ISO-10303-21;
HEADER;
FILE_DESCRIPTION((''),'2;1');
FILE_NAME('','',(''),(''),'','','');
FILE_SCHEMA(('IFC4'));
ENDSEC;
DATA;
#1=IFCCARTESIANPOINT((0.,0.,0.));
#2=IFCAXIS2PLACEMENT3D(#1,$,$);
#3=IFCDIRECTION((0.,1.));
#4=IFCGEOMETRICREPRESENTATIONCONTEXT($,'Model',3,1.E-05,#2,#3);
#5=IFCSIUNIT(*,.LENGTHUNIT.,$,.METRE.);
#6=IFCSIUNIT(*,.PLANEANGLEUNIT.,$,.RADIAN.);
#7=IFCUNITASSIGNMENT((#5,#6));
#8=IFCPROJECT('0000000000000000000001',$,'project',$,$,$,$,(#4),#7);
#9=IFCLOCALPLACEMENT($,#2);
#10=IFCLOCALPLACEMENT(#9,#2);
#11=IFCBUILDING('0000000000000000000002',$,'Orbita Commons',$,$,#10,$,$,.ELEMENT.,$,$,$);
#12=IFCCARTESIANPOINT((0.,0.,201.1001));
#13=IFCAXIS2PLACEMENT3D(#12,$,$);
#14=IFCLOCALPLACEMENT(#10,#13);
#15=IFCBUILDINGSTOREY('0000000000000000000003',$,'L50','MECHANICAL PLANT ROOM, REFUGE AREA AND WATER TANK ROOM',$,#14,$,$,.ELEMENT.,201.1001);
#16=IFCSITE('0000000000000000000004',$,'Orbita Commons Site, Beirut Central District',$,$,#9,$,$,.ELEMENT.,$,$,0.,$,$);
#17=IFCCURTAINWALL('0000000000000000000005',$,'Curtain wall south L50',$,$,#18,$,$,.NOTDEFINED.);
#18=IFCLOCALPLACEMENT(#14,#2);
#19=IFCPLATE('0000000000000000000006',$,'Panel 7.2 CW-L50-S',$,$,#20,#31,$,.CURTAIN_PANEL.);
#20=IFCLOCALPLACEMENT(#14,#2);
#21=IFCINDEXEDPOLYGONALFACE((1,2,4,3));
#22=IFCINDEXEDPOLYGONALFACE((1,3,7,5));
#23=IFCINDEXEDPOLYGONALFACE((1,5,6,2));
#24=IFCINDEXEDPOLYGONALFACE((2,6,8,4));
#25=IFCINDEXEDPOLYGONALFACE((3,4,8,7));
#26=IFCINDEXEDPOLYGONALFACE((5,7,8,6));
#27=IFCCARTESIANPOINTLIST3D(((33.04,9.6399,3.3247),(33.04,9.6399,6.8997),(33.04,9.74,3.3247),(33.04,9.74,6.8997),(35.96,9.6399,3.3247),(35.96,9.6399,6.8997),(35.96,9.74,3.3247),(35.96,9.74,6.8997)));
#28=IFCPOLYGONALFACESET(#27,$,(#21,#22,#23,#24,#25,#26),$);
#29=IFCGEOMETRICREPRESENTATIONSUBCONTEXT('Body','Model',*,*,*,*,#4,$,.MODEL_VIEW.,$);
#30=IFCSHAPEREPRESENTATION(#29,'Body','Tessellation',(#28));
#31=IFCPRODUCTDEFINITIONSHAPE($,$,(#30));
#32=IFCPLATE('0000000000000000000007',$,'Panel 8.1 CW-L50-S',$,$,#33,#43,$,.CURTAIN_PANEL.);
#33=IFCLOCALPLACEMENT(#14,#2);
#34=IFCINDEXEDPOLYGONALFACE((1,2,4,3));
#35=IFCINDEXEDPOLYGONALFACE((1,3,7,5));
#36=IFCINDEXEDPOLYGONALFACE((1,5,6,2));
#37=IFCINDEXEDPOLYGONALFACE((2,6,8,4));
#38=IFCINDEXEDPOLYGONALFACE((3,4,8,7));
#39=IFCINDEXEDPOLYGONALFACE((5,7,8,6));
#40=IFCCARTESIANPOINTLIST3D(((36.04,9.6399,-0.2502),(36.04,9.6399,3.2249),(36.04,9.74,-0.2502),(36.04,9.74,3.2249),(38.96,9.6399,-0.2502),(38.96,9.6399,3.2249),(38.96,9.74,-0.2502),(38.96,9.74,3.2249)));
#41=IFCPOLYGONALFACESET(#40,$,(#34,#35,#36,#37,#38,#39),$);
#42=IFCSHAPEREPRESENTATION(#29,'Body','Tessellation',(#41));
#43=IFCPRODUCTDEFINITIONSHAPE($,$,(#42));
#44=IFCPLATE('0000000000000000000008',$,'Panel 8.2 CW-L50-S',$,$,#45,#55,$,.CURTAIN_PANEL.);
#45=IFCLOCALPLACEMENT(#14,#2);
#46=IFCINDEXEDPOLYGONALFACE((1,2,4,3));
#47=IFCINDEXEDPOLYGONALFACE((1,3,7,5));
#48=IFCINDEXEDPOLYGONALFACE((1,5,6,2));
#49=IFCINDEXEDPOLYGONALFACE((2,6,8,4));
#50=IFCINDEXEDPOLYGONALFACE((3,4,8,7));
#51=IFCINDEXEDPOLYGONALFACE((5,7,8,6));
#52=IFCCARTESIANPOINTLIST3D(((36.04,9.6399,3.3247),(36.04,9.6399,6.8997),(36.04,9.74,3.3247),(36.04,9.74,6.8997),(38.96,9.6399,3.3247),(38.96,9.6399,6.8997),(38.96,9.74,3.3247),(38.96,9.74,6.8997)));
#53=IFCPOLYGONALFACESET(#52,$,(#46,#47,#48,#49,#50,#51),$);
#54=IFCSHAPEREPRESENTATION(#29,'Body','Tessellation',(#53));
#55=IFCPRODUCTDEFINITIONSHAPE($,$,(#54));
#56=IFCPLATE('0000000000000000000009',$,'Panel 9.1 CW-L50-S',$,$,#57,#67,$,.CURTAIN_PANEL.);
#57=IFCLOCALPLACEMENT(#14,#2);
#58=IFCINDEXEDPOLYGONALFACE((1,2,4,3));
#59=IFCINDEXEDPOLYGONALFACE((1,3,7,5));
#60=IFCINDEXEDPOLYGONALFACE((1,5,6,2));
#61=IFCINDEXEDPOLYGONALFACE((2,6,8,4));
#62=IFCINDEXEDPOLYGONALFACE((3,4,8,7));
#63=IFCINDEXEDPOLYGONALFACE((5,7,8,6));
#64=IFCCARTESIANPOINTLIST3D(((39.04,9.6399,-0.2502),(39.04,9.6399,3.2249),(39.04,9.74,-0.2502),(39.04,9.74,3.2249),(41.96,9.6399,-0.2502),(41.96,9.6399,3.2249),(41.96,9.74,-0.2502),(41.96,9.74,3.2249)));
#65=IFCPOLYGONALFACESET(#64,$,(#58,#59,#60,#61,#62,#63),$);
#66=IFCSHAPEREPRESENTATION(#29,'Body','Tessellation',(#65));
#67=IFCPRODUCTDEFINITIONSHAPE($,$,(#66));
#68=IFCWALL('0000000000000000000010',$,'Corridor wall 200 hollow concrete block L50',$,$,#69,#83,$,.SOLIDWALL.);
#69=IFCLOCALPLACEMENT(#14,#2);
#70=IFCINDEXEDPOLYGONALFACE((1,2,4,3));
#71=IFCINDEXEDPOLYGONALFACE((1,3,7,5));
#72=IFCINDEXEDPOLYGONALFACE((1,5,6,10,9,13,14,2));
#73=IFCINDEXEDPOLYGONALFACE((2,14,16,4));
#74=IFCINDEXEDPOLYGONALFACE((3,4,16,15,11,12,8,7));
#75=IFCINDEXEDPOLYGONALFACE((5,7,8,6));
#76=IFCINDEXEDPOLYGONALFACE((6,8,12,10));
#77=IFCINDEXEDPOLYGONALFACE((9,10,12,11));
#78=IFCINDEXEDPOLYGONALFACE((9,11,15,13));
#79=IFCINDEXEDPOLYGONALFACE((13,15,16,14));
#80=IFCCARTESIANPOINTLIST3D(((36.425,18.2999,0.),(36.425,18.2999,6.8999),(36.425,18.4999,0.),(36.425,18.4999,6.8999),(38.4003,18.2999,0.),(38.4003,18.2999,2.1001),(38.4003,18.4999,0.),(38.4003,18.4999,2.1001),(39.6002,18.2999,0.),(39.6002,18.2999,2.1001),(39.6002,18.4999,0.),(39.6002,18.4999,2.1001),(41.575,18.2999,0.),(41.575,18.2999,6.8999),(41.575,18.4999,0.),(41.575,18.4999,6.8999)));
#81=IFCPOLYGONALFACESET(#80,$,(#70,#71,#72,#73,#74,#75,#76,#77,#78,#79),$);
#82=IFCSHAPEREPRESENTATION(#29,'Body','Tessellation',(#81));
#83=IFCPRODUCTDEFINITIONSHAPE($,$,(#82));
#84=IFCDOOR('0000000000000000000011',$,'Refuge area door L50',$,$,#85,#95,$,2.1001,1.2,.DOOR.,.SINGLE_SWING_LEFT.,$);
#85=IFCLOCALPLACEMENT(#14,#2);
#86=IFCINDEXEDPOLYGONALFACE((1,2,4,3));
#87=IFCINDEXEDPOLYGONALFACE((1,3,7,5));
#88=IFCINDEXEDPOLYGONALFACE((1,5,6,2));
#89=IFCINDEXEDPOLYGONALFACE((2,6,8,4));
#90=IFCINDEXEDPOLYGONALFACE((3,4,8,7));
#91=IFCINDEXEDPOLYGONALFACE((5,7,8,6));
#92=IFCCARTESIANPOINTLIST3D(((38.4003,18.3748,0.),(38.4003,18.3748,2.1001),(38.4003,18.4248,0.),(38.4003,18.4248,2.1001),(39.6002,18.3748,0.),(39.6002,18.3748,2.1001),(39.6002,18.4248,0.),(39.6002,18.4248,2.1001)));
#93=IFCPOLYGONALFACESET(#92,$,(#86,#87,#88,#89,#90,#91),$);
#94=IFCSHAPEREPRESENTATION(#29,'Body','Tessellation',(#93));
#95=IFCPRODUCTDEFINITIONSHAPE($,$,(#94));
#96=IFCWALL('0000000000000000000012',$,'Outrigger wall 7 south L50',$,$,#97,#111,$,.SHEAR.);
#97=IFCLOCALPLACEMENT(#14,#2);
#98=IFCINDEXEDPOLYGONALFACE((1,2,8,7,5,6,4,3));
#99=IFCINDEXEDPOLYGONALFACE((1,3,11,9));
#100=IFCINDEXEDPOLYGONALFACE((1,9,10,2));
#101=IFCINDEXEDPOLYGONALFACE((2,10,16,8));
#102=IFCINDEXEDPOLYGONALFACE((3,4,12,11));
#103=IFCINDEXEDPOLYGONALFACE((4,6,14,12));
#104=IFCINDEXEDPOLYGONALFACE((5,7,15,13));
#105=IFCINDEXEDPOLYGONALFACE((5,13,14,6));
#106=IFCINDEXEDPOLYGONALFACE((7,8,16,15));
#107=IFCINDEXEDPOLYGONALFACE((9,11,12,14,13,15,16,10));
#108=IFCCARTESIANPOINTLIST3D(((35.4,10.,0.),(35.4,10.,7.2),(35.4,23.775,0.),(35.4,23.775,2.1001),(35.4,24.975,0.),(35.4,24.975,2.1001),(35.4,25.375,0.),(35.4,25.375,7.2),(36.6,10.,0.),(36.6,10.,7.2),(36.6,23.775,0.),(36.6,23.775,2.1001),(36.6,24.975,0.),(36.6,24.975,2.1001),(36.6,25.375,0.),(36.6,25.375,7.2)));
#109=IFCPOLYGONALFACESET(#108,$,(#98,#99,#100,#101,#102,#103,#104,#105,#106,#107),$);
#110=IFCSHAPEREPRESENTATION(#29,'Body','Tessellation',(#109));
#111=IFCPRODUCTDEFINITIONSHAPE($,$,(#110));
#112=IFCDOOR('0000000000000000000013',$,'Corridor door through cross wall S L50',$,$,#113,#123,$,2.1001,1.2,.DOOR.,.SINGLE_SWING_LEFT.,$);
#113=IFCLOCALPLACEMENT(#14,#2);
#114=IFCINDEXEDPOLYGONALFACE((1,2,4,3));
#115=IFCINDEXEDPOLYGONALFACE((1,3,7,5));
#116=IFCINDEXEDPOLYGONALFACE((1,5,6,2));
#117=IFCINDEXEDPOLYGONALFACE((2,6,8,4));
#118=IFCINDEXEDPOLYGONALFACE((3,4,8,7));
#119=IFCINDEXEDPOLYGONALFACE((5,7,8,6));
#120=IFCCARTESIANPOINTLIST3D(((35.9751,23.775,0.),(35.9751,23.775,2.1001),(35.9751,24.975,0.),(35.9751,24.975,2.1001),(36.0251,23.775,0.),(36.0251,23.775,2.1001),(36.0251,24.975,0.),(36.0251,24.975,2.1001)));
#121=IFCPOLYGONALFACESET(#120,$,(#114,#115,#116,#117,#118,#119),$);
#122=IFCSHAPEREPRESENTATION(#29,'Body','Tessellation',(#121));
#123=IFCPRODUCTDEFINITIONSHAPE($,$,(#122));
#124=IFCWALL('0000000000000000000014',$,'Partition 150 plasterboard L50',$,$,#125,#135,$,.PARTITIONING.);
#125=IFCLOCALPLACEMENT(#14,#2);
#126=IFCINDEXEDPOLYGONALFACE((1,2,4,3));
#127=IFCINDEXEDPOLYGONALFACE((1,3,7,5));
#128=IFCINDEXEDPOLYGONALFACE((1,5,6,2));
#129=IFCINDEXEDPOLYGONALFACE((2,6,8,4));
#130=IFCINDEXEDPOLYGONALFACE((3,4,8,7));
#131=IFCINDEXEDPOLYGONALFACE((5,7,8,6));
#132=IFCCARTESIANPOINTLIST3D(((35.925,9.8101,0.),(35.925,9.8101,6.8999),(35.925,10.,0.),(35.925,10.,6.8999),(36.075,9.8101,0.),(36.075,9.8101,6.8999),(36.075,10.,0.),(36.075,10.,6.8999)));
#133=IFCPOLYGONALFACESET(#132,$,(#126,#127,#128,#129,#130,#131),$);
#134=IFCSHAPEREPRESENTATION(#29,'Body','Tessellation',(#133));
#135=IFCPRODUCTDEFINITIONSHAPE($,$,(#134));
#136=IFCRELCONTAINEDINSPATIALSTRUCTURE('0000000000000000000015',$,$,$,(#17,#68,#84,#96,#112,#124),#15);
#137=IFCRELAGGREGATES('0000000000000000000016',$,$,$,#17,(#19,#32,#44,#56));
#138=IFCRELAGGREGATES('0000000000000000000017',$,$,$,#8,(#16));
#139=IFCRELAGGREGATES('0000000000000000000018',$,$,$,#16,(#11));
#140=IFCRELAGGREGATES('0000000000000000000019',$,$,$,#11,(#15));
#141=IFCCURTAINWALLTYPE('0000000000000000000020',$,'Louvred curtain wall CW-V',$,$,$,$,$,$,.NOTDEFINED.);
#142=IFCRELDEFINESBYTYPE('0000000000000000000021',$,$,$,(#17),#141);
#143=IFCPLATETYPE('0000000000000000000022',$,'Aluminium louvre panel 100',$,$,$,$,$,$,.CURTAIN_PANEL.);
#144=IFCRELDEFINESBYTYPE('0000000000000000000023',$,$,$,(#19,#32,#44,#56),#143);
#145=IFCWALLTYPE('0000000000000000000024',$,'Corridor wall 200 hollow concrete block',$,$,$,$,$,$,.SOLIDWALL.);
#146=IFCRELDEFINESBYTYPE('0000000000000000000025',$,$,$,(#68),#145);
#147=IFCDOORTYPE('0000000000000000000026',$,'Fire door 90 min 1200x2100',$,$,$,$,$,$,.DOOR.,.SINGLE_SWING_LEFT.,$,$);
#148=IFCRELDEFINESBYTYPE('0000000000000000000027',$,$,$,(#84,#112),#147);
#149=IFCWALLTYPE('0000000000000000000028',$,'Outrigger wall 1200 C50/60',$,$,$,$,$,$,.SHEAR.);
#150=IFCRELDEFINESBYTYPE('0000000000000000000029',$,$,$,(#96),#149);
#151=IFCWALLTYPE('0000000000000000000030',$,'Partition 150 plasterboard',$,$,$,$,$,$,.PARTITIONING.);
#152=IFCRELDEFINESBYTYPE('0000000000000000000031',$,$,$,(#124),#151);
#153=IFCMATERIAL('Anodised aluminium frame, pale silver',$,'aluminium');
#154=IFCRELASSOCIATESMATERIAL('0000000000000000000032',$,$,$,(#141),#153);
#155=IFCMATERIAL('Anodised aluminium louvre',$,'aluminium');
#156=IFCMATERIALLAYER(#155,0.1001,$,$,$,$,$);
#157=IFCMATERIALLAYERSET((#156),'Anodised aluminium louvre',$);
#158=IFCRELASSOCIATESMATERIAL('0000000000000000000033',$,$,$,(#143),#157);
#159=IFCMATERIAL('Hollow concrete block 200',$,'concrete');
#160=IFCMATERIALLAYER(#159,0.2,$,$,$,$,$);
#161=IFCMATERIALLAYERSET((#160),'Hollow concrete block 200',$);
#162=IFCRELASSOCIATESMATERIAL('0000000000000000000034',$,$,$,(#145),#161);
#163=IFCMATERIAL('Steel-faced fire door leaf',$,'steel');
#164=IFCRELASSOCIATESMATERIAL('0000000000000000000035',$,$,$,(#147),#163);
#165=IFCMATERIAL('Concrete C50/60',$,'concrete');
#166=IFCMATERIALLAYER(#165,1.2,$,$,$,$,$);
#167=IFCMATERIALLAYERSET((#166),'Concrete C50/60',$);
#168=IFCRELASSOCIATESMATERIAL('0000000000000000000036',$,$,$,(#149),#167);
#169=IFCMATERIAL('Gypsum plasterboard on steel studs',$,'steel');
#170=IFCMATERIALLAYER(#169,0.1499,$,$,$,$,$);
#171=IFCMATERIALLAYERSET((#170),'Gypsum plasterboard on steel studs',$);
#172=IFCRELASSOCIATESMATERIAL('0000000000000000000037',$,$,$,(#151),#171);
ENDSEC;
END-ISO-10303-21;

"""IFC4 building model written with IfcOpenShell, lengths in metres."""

from ifc_helpers import new_model, si_unit, direction, frame, frame_2d, origin, origin_2d, place, context, subcontext, project, spatial, rectangle, extrude, material, layer, layer_set, type_object, element, fill, aggregate, save


model = new_model("IFC4")

# Units and contexts
model_context = context("Model", 3, precision=1e-05, world=origin(), true_north=direction((0.0, 1.0)))
body_context = subcontext(model_context, "Body", "Model", "MODEL_VIEW")
ifc_project = project(units=[si_unit("LENGTHUNIT", "METRE"), si_unit("PLANEANGLEUNIT", "RADIAN")], contexts=[model_context])

# Site, building, storey
site_placement = place(None, origin())
site = spatial("IfcSite", under=ifc_project, at=site_placement, Name="Orbita Commons Site, Beirut Central District", CompositionType="ELEMENT", RefElevation=0.0)
building_placement = place(site_placement, origin())
building = spatial("IfcBuilding", under=site, at=building_placement, Name="Orbita Commons", CompositionType="ELEMENT")
storey_placement = place(building_placement, frame((0.0, 0.0, 201.1001)))
storey = spatial("IfcBuildingStorey", under=building, at=storey_placement, Name="L50", Description="MECHANICAL PLANT ROOM, REFUGE AREA AND WATER TANK ROOM", CompositionType="ELEMENT", Elevation=201.1001)

# Curtain wall
ifc_material_1 = material(Name="Anodised aluminium frame, pale silver", Category="aluminium")
curtain_wall_type = type_object("IfcCurtainWallType", Name="Louvred curtain wall CW-V", PredefinedType="NOTDEFINED", material=ifc_material_1)
curtain_wall_placement = place(storey_placement, origin())
curtain_wall = element("IfcCurtainWall", 1, at=curtain_wall_placement, inside=storey, type_object=curtain_wall_type, Name="Curtain wall south L50", PredefinedType="NOTDEFINED")

# Plates
ifc_material_2 = material(Name="Anodised aluminium louvre", Category="aluminium")
ifc_layer_1 = layer(ifc_material_2, 0.1001)
ifc_layer_set_1 = layer_set([ifc_layer_1], Name="Anodised aluminium louvre")
plate_type = type_object("IfcPlateType", Name="Aluminium louvre panel 100", PredefinedType="CURTAIN_PANEL", material=ifc_layer_set_1)
plate_1_placement = place(storey_placement, frame((34.5, 9.6899, 3.3247), z_axis=(0.0, 0.0, 1.0), x_axis=(1.0, 0.0, 0.0)))
plate_1 = element("IfcPlate", 2, at=plate_1_placement, type_object=plate_type, Name="Panel 7.2 CW-L50-S", PredefinedType="CURTAIN_PANEL", context=body_context, shape_type="SweptSolid", body=[
    extrude(rectangle(XDim=2.9199, YDim=0.1001, at=origin_2d()), origin(), (0.0, 0.0, 1.0), 3.575),
])
plate_2_placement = place(storey_placement, frame((37.5, 9.6899, -0.2502), z_axis=(0.0, 0.0, 1.0), x_axis=(1.0, 0.0, 0.0)))
plate_2 = element("IfcPlate", 3, at=plate_2_placement, type_object=plate_type, Name="Panel 8.1 CW-L50-S", PredefinedType="CURTAIN_PANEL", context=body_context, shape_type="SweptSolid", body=[
    extrude(rectangle(XDim=2.9199, YDim=0.1001, at=origin_2d()), origin(), (0.0, 0.0, 1.0), 3.4751),
])
plate_3_placement = place(storey_placement, frame((37.5, 9.6899, 3.3247), z_axis=(0.0, 0.0, 1.0), x_axis=(1.0, 0.0, 0.0)))
plate_3 = element("IfcPlate", 4, at=plate_3_placement, type_object=plate_type, Name="Panel 8.2 CW-L50-S", PredefinedType="CURTAIN_PANEL", context=body_context, shape_type="SweptSolid", body=[
    extrude(rectangle(XDim=2.9199, YDim=0.1001, at=origin_2d()), origin(), (0.0, 0.0, 1.0), 3.575),
])
plate_4_placement = place(storey_placement, frame((40.5, 9.6899, -0.2502), z_axis=(0.0, 0.0, 1.0), x_axis=(1.0, 0.0, 0.0)))
plate_4 = element("IfcPlate", 5, at=plate_4_placement, type_object=plate_type, Name="Panel 9.1 CW-L50-S", PredefinedType="CURTAIN_PANEL", context=body_context, shape_type="SweptSolid", body=[
    extrude(rectangle(XDim=2.9199, YDim=0.1001, at=origin_2d()), origin(), (0.0, 0.0, 1.0), 3.4751),
])
aggregate(curtain_wall, [plate_1, plate_2, plate_3, plate_4])

# Walls, openings, doors
ifc_material_3 = material(Name="Hollow concrete block 200", Category="concrete")
ifc_layer_2 = layer(ifc_material_3, 0.2)
ifc_layer_set_2 = layer_set([ifc_layer_2], Name="Hollow concrete block 200")
wall_type_1 = type_object("IfcWallType", Name="Corridor wall 200 hollow concrete block", PredefinedType="SOLIDWALL", material=ifc_layer_set_2)
wall_1_placement = place(storey_placement, frame((36.425, 18.3999, 0.0), z_axis=(0.0, 0.0, 1.0), x_axis=(1.0, 0.0, 0.0)))
wall_1 = element("IfcWall", 6, at=wall_1_placement, inside=storey, type_object=wall_type_1, Name="Corridor wall 200 hollow concrete block L50", PredefinedType="SOLIDWALL", context=body_context, shape_type="SweptSolid", body=[
    extrude(rectangle(XDim=5.1499, YDim=0.2, at=frame_2d((2.575, 0.0))), origin(), (0.0, 0.0, 1.0), 6.8999),
])
opening_1_placement = place(wall_1_placement, frame((1.9751, 0.0, 0.0)))
opening_1 = element("IfcOpeningElement", 7, at=opening_1_placement, cuts=wall_1, PredefinedType="OPENING", context=body_context, shape_type="SweptSolid", body=[
    extrude(rectangle(XDim=1.2, YDim=2.1001, at=frame_2d((0.6001, 1.05))), frame((0.0, 0.1099, 0.0), z_axis=(0.0, -1.0, 0.0), x_axis=(1.0, 0.0, 0.0)), (0.0, 0.0, 1.0), 0.22),
])
ifc_material_4 = material(Name="Steel-faced fire door leaf", Category="steel")
door_type = type_object("IfcDoorType", Name="Fire door 90 min 1200x2100", OperationType="SINGLE_SWING_LEFT", PredefinedType="DOOR", material=ifc_material_4)
door_1_placement = place(opening_1_placement, origin())
door_1 = element("IfcDoor", 8, at=door_1_placement, inside=storey, type_object=door_type, Name="Refuge area door L50", OperationType="SINGLE_SWING_LEFT", OverallHeight=2.1001, OverallWidth=1.2, PredefinedType="DOOR", context=body_context, shape_type="SweptSolid", body=[
    extrude(rectangle(XDim=1.2, YDim=2.1001, at=frame_2d((0.6001, 1.05))), frame((0.0, 0.0249, 0.0), z_axis=(0.0, -1.0, 0.0), x_axis=(1.0, 0.0, 0.0)), (0.0, 0.0, 1.0), 0.05),
])
fill(opening_1, door_1)
ifc_material_5 = material(Name="Concrete C50/60", Category="concrete")
ifc_layer_3 = layer(ifc_material_5, 1.2)
ifc_layer_set_3 = layer_set([ifc_layer_3], Name="Concrete C50/60")
wall_type_2 = type_object("IfcWallType", Name="Outrigger wall 1200 C50/60", PredefinedType="SHEAR", material=ifc_layer_set_3)
wall_2_placement = place(storey_placement, frame((36.0, 10.0, 0.0), z_axis=(0.0, 0.0, 1.0), x_axis=(0.0, 1.0, 0.0)))
wall_2 = element("IfcWall", 9, at=wall_2_placement, inside=storey, type_object=wall_type_2, Name="Outrigger wall 7 south L50", PredefinedType="SHEAR", context=body_context, shape_type="SweptSolid", body=[
    extrude(rectangle(XDim=15.375, YDim=1.2, at=frame_2d((7.6875, 0.0))), origin(), (0.0, 0.0, 1.0), 7.2),
])
opening_2_placement = place(wall_2_placement, frame((13.7749, 0.0, 0.0)))
opening_2 = element("IfcOpeningElement", 10, at=opening_2_placement, cuts=wall_2, PredefinedType="OPENING", context=body_context, shape_type="SweptSolid", body=[
    extrude(rectangle(XDim=1.2, YDim=2.1001, at=frame_2d((0.6001, 1.05))), frame((0.0, 0.6099, 0.0), z_axis=(0.0, -1.0, 0.0), x_axis=(1.0, 0.0, 0.0)), (0.0, 0.0, 1.0), 1.22),
])
door_2_placement = place(opening_2_placement, origin())
door_2 = element("IfcDoor", 11, at=door_2_placement, inside=storey, type_object=door_type, Name="Corridor door through cross wall S L50", OperationType="SINGLE_SWING_LEFT", OverallHeight=2.1001, OverallWidth=1.2, PredefinedType="DOOR", context=body_context, shape_type="SweptSolid", body=[
    extrude(rectangle(XDim=1.2, YDim=2.1001, at=frame_2d((0.6001, 1.05))), frame((0.0, 0.0249, 0.0), z_axis=(0.0, -1.0, 0.0), x_axis=(1.0, 0.0, 0.0)), (0.0, 0.0, 1.0), 0.05),
])
fill(opening_2, door_2)

# Wall
ifc_material_6 = material(Name="Gypsum plasterboard on steel studs", Category="steel")
ifc_layer_4 = layer(ifc_material_6, 0.1499)
ifc_layer_set_4 = layer_set([ifc_layer_4], Name="Gypsum plasterboard on steel studs")
wall_type_3 = type_object("IfcWallType", Name="Partition 150 plasterboard", PredefinedType="PARTITIONING", material=ifc_layer_set_4)
wall_3_placement = place(storey_placement, frame((36.0, 10.0, 0.0), z_axis=(0.0, 0.0, 1.0), x_axis=(0.0, -1.0, 0.0)))
element("IfcWall", 12, at=wall_3_placement, inside=storey, type_object=wall_type_3, Name="Partition 150 plasterboard L50", PredefinedType="PARTITIONING", context=body_context, shape_type="SweptSolid", body=[
    extrude(rectangle(XDim=0.1899, YDim=0.1499, at=frame_2d((0.095, 0.0))), origin(), (0.0, 0.0, 1.0), 6.8999),
])

save(model, "model.ifc")
